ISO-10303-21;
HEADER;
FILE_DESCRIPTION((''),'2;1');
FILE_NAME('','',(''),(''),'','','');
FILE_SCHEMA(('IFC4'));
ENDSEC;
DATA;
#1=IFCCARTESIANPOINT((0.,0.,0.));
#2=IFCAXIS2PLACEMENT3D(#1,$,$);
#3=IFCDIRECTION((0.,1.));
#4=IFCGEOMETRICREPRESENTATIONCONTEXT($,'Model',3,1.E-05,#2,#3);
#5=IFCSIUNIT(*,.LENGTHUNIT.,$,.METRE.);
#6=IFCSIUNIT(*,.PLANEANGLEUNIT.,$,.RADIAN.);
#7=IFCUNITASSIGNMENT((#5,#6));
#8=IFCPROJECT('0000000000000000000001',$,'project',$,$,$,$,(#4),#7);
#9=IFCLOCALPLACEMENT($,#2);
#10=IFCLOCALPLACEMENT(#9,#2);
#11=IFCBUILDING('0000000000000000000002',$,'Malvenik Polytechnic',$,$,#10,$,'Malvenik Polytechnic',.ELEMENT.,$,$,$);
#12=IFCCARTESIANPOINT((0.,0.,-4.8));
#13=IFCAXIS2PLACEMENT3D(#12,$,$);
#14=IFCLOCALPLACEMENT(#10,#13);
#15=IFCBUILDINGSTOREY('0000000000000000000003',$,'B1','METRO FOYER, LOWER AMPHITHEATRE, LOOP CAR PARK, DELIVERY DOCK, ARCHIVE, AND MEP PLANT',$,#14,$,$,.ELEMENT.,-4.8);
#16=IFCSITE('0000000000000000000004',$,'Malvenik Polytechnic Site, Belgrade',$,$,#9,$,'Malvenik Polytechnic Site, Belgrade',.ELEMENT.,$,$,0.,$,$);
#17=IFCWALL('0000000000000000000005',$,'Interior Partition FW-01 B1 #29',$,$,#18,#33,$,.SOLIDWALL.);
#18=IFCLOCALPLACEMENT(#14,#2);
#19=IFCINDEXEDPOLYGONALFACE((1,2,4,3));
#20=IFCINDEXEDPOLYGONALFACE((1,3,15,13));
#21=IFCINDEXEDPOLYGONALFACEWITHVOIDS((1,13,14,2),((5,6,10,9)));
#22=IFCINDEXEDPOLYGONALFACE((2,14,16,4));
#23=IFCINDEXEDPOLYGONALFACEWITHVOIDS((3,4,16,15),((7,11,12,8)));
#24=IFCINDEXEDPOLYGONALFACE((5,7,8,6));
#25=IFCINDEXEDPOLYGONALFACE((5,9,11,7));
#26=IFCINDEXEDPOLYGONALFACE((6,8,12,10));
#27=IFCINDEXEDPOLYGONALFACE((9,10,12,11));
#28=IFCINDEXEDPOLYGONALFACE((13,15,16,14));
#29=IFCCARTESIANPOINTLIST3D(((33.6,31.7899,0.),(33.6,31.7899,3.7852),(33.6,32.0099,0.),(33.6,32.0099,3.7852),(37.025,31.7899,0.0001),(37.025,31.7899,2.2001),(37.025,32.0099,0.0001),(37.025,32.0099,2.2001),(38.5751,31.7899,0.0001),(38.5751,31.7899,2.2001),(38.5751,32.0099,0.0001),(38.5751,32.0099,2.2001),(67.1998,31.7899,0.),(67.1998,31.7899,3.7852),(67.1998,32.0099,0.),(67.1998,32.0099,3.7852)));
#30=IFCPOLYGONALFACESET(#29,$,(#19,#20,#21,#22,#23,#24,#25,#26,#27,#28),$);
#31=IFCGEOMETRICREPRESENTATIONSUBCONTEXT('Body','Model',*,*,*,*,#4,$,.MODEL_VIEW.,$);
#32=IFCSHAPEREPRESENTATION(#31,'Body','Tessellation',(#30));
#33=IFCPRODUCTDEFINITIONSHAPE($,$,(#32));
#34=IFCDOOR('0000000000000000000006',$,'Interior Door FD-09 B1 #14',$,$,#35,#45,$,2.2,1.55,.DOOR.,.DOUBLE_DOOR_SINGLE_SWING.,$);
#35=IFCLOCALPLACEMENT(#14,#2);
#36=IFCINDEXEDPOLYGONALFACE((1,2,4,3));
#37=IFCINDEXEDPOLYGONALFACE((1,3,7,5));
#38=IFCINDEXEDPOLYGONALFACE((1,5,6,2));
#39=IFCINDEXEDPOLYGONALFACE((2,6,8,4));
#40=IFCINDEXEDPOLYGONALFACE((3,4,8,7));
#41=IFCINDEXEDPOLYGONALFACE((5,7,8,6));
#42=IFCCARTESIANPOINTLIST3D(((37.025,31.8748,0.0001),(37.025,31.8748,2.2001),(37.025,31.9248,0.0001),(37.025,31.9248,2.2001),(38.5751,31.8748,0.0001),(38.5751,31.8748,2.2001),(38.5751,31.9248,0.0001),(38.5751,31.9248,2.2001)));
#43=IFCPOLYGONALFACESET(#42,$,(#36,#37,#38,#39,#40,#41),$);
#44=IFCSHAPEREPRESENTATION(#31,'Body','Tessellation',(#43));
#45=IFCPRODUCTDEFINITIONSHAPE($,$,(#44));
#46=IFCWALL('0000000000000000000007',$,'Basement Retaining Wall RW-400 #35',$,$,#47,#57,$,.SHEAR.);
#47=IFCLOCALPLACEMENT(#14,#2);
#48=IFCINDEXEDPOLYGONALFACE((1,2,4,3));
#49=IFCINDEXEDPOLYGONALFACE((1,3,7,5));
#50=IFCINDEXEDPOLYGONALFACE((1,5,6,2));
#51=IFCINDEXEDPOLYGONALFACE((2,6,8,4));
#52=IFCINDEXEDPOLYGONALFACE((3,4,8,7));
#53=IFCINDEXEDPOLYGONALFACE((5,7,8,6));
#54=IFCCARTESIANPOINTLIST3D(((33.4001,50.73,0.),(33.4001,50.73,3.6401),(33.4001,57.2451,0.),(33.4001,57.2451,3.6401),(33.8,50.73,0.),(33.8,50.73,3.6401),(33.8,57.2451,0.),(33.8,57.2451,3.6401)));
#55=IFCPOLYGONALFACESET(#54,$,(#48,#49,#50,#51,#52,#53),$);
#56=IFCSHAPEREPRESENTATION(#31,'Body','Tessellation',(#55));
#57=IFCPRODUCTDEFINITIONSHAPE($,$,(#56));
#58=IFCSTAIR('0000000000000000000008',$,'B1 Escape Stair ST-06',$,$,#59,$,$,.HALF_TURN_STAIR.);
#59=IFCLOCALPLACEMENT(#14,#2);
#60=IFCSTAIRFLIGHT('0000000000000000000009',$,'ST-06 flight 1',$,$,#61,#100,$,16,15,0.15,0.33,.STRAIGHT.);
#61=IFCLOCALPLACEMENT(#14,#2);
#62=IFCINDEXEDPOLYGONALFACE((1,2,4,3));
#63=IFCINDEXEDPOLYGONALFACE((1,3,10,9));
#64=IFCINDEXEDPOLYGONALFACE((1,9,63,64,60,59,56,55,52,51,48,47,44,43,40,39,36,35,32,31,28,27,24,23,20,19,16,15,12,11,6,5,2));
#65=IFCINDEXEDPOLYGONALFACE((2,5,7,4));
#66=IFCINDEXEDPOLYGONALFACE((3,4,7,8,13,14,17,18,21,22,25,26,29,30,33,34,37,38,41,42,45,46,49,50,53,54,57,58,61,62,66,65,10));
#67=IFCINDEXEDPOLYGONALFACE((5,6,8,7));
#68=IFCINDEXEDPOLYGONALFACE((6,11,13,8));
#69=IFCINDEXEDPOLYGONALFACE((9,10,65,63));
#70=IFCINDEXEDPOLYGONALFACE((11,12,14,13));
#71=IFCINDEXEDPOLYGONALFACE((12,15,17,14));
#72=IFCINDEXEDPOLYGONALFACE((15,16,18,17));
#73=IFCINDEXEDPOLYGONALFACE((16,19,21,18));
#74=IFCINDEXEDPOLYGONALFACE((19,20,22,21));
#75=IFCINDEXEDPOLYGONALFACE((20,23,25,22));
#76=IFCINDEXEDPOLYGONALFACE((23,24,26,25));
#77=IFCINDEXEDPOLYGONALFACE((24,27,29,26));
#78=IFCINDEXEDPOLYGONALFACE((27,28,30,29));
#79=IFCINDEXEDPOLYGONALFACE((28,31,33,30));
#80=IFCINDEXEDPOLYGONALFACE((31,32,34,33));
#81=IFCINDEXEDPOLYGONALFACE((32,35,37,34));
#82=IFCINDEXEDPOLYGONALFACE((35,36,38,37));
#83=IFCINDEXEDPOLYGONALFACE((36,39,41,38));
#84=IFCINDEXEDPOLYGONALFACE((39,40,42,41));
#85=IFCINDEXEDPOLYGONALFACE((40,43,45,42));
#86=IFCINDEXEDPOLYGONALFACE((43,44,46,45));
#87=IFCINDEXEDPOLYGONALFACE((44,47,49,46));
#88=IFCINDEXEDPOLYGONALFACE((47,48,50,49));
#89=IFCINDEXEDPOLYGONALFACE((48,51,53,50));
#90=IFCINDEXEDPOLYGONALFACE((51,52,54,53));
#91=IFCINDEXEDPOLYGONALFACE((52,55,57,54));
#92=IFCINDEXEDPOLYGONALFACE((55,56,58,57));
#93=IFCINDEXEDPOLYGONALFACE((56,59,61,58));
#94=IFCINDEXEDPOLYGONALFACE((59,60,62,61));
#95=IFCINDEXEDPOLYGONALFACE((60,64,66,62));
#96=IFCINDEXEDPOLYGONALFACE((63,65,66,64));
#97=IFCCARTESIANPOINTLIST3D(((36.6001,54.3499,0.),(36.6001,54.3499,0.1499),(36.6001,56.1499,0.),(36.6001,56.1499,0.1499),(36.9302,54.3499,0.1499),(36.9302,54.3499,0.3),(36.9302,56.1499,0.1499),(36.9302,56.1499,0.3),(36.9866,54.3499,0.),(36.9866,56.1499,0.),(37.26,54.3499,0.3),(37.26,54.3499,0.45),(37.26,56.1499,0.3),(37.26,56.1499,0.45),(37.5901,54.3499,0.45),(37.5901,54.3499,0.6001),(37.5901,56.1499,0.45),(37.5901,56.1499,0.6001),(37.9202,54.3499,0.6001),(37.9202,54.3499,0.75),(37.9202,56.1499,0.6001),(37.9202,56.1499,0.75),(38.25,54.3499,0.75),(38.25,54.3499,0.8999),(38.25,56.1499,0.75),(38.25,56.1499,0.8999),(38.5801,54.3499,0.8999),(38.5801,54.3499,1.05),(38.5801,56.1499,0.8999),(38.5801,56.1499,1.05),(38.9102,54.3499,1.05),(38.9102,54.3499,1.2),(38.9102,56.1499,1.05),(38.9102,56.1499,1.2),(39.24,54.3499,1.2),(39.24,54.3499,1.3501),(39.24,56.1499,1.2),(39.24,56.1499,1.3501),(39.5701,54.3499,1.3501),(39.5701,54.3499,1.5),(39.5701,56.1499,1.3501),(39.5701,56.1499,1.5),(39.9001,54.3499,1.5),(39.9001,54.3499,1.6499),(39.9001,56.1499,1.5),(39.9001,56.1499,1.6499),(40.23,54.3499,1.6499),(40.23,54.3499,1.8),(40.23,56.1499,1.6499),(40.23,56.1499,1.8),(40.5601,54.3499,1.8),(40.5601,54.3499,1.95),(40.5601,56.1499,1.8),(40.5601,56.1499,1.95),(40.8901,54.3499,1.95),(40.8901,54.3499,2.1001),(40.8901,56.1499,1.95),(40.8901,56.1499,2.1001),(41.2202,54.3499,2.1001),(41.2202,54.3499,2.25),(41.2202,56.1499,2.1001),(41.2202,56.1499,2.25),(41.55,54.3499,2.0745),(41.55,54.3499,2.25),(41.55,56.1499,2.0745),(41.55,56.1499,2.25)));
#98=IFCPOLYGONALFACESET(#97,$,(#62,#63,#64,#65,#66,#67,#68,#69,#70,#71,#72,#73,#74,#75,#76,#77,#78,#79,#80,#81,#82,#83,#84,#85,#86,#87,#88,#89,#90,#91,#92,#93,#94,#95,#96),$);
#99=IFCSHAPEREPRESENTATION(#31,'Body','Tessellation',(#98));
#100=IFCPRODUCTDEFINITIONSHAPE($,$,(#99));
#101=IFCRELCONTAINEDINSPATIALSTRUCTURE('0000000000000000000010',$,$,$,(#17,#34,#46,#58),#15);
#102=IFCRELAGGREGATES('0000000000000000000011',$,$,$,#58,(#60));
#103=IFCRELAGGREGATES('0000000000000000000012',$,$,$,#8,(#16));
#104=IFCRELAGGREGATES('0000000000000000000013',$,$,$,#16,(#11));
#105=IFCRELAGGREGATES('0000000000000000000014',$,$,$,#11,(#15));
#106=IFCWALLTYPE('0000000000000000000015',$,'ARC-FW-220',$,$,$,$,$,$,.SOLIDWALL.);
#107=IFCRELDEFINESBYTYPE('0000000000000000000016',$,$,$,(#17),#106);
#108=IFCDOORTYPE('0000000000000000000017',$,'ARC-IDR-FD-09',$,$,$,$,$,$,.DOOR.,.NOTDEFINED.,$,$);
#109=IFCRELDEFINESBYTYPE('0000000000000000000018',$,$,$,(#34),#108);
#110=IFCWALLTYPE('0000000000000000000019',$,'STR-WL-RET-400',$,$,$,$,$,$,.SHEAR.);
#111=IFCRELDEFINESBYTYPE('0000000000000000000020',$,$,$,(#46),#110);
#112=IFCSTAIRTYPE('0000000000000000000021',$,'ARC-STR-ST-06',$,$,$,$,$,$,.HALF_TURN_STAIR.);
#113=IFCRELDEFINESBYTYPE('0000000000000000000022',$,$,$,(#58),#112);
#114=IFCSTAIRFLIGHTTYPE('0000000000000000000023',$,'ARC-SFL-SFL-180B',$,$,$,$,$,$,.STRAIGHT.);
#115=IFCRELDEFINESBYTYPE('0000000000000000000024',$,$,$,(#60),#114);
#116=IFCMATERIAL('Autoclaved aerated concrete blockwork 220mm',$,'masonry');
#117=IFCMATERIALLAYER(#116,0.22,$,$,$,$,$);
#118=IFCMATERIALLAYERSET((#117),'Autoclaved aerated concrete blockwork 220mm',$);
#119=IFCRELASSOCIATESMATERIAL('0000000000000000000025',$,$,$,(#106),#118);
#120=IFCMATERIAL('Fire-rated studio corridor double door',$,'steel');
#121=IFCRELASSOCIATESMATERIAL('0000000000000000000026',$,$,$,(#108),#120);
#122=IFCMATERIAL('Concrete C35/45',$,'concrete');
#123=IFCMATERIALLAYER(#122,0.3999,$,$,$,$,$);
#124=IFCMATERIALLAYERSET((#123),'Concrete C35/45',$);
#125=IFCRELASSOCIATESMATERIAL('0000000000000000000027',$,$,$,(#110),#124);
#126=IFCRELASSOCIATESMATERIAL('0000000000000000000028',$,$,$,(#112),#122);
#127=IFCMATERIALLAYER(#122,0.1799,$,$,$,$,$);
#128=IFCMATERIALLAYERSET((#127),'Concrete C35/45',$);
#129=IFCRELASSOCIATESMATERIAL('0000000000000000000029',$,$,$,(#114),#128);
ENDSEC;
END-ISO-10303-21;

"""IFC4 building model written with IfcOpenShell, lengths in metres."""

from ifc_helpers import new_model, si_unit, direction, frame, frame_2d, origin, place, context, subcontext, project, spatial, polyline, rectangle, outline, extrude, material, layer, layer_set, type_object, element, fill, aggregate, save


model = new_model("IFC4")

# Units and contexts
model_context = context("Model", 3, precision=1e-05, world=origin(), true_north=direction((0.0, 1.0)))
body_context = subcontext(model_context, "Body", "Model", "MODEL_VIEW")
ifc_project = project(units=[si_unit("LENGTHUNIT", "METRE"), si_unit("PLANEANGLEUNIT", "RADIAN")], contexts=[model_context])

# Site, building, storey
site_placement = place(None, origin())
site = spatial("IfcSite", under=ifc_project, at=site_placement, Name="Malvenik Polytechnic Site, Belgrade", LongName="Malvenik Polytechnic Site, Belgrade", CompositionType="ELEMENT", RefElevation=0.0)
building_placement = place(site_placement, origin())
building = spatial("IfcBuilding", under=site, at=building_placement, Name="Malvenik Polytechnic", LongName="Malvenik Polytechnic", CompositionType="ELEMENT")
storey_placement = place(building_placement, frame((0.0, 0.0, -4.8)))
storey = spatial("IfcBuildingStorey", under=building, at=storey_placement, Name="B1", Description="METRO FOYER, LOWER AMPHITHEATRE, LOOP CAR PARK, DELIVERY DOCK, ARCHIVE, AND MEP PLANT", CompositionType="ELEMENT", Elevation=-4.8)

# Shared definitions
ifc_material_1 = material(Name="Concrete C35/45", Category="concrete")

# Wall, opening, door
ifc_material_2 = material(Name="Autoclaved aerated concrete blockwork 220mm", Category="masonry")
ifc_layer_1 = layer(ifc_material_2, 0.22)
ifc_layer_set_1 = layer_set([ifc_layer_1], Name="Autoclaved aerated concrete blockwork 220mm")
wall_type_1 = type_object("IfcWallType", Name="ARC-FW-220", PredefinedType="SOLIDWALL", material=ifc_layer_set_1)
wall_1_placement = place(storey_placement, frame((33.6001, 31.8999, 0.0), z_axis=(0.0, 0.0, 1.0), x_axis=(1.0, 0.0, 0.0)))
wall_1 = element("IfcWall", 1, at=wall_1_placement, inside=storey, type_object=wall_type_1, Name="Interior Partition FW-01 B1 #29", PredefinedType="SOLIDWALL", context=body_context, shape_type="SweptSolid", body=[
    extrude(rectangle(XDim=33.5999, YDim=0.22, at=frame_2d((16.7998, 0.0))), origin(), (0.0, 0.0, 1.0), 3.7852),
])
opening_placement = place(wall_1_placement, frame((3.425, 0.0, 0.0)))
opening = element("IfcOpeningElement", 2, at=opening_placement, cuts=wall_1, PredefinedType="OPENING", context=body_context, shape_type="SweptSolid", body=[
    extrude(rectangle(XDim=1.55, YDim=2.2, at=frame_2d((0.7749, 1.1001))), frame((0.0, 0.1201, 0.0), z_axis=(0.0, -1.0, 0.0), x_axis=(1.0, 0.0, 0.0)), (0.0, 0.0, 1.0), 0.24),
])
ifc_material_3 = material(Name="Fire-rated studio corridor double door", Category="steel")
door_type = type_object("IfcDoorType", Name="ARC-IDR-FD-09", OperationType="NOTDEFINED", PredefinedType="DOOR", material=ifc_material_3)
door_placement = place(opening_placement, origin())
door = element("IfcDoor", 3, at=door_placement, inside=storey, type_object=door_type, Name="Interior Door FD-09 B1 #14", OperationType="DOUBLE_DOOR_SINGLE_SWING", OverallHeight=2.2, OverallWidth=1.55, PredefinedType="DOOR", context=body_context, shape_type="SweptSolid", body=[
    extrude(rectangle(XDim=1.55, YDim=2.2, at=frame_2d((0.7749, 1.1001))), frame((0.0, 0.0249, 0.0), z_axis=(0.0, -1.0, 0.0), x_axis=(1.0, 0.0, 0.0)), (0.0, 0.0, 1.0), 0.05),
])
fill(opening, door)

# Wall
ifc_layer_2 = layer(ifc_material_1, 0.3999)
ifc_layer_set_2 = layer_set([ifc_layer_2], Name="Concrete C35/45")
wall_type_2 = type_object("IfcWallType", Name="STR-WL-RET-400", PredefinedType="SHEAR", material=ifc_layer_set_2)
wall_2_placement = place(storey_placement, frame((33.6001, 50.73, 0.0), z_axis=(0.0, 0.0, 1.0), x_axis=(0.0, 1.0, 0.0)))
element("IfcWall", 4, at=wall_2_placement, inside=storey, type_object=wall_type_2, Name="Basement Retaining Wall RW-400 #35", PredefinedType="SHEAR", context=body_context, shape_type="SweptSolid", body=[
    extrude(rectangle(XDim=6.5151, YDim=0.3999, at=frame_2d((3.2576, 0.0))), origin(), (0.0, 0.0, 1.0), 3.6401),
])

# Stair, stair flight
stair_type = type_object("IfcStairType", Name="ARC-STR-ST-06", PredefinedType="HALF_TURN_STAIR", material=ifc_material_1)
stair_placement = place(storey_placement, origin())
stair = element("IfcStair", 5, at=stair_placement, inside=storey, type_object=stair_type, Name="B1 Escape Stair ST-06", PredefinedType="HALF_TURN_STAIR")
ifc_layer_3 = layer(ifc_material_1, 0.1799)
ifc_layer_set_3 = layer_set([ifc_layer_3], Name="Concrete C35/45")
stair_flight_type = type_object("IfcStairFlightType", Name="ARC-SFL-SFL-180B", PredefinedType="STRAIGHT", material=ifc_layer_set_3)
stair_flight_placement = place(storey_placement, frame((36.6001, 55.25, 0.0), z_axis=(0.0, 0.0, 1.0), x_axis=(1.0, 0.0, 0.0)))
stair_flight = element("IfcStairFlight", 6, at=stair_flight_placement, type_object=stair_flight_type, Name="ST-06 flight 1", NumberOfRisers=16, NumberOfTreads=15, PredefinedType="STRAIGHT", RiserHeight=0.15, TreadLength=0.33, context=body_context, shape_type="SweptSolid", body=[
    extrude(outline(polyline([(0.0, 0.0), (0.0, 0.1499), (0.3301, 0.1499), (0.3301, 0.3), (0.6599, 0.3), (0.6599, 0.45), (0.99, 0.45), (0.99, 0.6001), (1.3201, 0.6001), (1.3201, 0.75), (1.6499, 0.75), (1.6499, 0.8999), (1.98, 0.8999), (1.98, 1.05), (2.3101, 1.05), (2.3101, 1.2), (2.6399, 1.2), (2.6399, 1.3501), (2.97, 1.3501), (2.97, 1.5), (3.3, 1.5), (3.3, 1.6499), (3.6299, 1.6499), (3.6299, 1.8), (3.96, 1.8), (3.96, 1.95), (4.29, 1.95), (4.29, 2.1001), (4.6201, 2.1001), (4.6201, 2.25), (4.95, 2.25), (4.95, 2.3999), (4.95, 2.0745), (0.3865, 0.0), (0.0, 0.0)])), frame((0.0, 0.8999, 0.0), z_axis=(0.0, -1.0, 0.0), x_axis=(1.0, 0.0, 0.0)), (0.0, 0.0, 1.0), 1.8),
])
aggregate(stair, [stair_flight])

save(model, "model.ifc")
